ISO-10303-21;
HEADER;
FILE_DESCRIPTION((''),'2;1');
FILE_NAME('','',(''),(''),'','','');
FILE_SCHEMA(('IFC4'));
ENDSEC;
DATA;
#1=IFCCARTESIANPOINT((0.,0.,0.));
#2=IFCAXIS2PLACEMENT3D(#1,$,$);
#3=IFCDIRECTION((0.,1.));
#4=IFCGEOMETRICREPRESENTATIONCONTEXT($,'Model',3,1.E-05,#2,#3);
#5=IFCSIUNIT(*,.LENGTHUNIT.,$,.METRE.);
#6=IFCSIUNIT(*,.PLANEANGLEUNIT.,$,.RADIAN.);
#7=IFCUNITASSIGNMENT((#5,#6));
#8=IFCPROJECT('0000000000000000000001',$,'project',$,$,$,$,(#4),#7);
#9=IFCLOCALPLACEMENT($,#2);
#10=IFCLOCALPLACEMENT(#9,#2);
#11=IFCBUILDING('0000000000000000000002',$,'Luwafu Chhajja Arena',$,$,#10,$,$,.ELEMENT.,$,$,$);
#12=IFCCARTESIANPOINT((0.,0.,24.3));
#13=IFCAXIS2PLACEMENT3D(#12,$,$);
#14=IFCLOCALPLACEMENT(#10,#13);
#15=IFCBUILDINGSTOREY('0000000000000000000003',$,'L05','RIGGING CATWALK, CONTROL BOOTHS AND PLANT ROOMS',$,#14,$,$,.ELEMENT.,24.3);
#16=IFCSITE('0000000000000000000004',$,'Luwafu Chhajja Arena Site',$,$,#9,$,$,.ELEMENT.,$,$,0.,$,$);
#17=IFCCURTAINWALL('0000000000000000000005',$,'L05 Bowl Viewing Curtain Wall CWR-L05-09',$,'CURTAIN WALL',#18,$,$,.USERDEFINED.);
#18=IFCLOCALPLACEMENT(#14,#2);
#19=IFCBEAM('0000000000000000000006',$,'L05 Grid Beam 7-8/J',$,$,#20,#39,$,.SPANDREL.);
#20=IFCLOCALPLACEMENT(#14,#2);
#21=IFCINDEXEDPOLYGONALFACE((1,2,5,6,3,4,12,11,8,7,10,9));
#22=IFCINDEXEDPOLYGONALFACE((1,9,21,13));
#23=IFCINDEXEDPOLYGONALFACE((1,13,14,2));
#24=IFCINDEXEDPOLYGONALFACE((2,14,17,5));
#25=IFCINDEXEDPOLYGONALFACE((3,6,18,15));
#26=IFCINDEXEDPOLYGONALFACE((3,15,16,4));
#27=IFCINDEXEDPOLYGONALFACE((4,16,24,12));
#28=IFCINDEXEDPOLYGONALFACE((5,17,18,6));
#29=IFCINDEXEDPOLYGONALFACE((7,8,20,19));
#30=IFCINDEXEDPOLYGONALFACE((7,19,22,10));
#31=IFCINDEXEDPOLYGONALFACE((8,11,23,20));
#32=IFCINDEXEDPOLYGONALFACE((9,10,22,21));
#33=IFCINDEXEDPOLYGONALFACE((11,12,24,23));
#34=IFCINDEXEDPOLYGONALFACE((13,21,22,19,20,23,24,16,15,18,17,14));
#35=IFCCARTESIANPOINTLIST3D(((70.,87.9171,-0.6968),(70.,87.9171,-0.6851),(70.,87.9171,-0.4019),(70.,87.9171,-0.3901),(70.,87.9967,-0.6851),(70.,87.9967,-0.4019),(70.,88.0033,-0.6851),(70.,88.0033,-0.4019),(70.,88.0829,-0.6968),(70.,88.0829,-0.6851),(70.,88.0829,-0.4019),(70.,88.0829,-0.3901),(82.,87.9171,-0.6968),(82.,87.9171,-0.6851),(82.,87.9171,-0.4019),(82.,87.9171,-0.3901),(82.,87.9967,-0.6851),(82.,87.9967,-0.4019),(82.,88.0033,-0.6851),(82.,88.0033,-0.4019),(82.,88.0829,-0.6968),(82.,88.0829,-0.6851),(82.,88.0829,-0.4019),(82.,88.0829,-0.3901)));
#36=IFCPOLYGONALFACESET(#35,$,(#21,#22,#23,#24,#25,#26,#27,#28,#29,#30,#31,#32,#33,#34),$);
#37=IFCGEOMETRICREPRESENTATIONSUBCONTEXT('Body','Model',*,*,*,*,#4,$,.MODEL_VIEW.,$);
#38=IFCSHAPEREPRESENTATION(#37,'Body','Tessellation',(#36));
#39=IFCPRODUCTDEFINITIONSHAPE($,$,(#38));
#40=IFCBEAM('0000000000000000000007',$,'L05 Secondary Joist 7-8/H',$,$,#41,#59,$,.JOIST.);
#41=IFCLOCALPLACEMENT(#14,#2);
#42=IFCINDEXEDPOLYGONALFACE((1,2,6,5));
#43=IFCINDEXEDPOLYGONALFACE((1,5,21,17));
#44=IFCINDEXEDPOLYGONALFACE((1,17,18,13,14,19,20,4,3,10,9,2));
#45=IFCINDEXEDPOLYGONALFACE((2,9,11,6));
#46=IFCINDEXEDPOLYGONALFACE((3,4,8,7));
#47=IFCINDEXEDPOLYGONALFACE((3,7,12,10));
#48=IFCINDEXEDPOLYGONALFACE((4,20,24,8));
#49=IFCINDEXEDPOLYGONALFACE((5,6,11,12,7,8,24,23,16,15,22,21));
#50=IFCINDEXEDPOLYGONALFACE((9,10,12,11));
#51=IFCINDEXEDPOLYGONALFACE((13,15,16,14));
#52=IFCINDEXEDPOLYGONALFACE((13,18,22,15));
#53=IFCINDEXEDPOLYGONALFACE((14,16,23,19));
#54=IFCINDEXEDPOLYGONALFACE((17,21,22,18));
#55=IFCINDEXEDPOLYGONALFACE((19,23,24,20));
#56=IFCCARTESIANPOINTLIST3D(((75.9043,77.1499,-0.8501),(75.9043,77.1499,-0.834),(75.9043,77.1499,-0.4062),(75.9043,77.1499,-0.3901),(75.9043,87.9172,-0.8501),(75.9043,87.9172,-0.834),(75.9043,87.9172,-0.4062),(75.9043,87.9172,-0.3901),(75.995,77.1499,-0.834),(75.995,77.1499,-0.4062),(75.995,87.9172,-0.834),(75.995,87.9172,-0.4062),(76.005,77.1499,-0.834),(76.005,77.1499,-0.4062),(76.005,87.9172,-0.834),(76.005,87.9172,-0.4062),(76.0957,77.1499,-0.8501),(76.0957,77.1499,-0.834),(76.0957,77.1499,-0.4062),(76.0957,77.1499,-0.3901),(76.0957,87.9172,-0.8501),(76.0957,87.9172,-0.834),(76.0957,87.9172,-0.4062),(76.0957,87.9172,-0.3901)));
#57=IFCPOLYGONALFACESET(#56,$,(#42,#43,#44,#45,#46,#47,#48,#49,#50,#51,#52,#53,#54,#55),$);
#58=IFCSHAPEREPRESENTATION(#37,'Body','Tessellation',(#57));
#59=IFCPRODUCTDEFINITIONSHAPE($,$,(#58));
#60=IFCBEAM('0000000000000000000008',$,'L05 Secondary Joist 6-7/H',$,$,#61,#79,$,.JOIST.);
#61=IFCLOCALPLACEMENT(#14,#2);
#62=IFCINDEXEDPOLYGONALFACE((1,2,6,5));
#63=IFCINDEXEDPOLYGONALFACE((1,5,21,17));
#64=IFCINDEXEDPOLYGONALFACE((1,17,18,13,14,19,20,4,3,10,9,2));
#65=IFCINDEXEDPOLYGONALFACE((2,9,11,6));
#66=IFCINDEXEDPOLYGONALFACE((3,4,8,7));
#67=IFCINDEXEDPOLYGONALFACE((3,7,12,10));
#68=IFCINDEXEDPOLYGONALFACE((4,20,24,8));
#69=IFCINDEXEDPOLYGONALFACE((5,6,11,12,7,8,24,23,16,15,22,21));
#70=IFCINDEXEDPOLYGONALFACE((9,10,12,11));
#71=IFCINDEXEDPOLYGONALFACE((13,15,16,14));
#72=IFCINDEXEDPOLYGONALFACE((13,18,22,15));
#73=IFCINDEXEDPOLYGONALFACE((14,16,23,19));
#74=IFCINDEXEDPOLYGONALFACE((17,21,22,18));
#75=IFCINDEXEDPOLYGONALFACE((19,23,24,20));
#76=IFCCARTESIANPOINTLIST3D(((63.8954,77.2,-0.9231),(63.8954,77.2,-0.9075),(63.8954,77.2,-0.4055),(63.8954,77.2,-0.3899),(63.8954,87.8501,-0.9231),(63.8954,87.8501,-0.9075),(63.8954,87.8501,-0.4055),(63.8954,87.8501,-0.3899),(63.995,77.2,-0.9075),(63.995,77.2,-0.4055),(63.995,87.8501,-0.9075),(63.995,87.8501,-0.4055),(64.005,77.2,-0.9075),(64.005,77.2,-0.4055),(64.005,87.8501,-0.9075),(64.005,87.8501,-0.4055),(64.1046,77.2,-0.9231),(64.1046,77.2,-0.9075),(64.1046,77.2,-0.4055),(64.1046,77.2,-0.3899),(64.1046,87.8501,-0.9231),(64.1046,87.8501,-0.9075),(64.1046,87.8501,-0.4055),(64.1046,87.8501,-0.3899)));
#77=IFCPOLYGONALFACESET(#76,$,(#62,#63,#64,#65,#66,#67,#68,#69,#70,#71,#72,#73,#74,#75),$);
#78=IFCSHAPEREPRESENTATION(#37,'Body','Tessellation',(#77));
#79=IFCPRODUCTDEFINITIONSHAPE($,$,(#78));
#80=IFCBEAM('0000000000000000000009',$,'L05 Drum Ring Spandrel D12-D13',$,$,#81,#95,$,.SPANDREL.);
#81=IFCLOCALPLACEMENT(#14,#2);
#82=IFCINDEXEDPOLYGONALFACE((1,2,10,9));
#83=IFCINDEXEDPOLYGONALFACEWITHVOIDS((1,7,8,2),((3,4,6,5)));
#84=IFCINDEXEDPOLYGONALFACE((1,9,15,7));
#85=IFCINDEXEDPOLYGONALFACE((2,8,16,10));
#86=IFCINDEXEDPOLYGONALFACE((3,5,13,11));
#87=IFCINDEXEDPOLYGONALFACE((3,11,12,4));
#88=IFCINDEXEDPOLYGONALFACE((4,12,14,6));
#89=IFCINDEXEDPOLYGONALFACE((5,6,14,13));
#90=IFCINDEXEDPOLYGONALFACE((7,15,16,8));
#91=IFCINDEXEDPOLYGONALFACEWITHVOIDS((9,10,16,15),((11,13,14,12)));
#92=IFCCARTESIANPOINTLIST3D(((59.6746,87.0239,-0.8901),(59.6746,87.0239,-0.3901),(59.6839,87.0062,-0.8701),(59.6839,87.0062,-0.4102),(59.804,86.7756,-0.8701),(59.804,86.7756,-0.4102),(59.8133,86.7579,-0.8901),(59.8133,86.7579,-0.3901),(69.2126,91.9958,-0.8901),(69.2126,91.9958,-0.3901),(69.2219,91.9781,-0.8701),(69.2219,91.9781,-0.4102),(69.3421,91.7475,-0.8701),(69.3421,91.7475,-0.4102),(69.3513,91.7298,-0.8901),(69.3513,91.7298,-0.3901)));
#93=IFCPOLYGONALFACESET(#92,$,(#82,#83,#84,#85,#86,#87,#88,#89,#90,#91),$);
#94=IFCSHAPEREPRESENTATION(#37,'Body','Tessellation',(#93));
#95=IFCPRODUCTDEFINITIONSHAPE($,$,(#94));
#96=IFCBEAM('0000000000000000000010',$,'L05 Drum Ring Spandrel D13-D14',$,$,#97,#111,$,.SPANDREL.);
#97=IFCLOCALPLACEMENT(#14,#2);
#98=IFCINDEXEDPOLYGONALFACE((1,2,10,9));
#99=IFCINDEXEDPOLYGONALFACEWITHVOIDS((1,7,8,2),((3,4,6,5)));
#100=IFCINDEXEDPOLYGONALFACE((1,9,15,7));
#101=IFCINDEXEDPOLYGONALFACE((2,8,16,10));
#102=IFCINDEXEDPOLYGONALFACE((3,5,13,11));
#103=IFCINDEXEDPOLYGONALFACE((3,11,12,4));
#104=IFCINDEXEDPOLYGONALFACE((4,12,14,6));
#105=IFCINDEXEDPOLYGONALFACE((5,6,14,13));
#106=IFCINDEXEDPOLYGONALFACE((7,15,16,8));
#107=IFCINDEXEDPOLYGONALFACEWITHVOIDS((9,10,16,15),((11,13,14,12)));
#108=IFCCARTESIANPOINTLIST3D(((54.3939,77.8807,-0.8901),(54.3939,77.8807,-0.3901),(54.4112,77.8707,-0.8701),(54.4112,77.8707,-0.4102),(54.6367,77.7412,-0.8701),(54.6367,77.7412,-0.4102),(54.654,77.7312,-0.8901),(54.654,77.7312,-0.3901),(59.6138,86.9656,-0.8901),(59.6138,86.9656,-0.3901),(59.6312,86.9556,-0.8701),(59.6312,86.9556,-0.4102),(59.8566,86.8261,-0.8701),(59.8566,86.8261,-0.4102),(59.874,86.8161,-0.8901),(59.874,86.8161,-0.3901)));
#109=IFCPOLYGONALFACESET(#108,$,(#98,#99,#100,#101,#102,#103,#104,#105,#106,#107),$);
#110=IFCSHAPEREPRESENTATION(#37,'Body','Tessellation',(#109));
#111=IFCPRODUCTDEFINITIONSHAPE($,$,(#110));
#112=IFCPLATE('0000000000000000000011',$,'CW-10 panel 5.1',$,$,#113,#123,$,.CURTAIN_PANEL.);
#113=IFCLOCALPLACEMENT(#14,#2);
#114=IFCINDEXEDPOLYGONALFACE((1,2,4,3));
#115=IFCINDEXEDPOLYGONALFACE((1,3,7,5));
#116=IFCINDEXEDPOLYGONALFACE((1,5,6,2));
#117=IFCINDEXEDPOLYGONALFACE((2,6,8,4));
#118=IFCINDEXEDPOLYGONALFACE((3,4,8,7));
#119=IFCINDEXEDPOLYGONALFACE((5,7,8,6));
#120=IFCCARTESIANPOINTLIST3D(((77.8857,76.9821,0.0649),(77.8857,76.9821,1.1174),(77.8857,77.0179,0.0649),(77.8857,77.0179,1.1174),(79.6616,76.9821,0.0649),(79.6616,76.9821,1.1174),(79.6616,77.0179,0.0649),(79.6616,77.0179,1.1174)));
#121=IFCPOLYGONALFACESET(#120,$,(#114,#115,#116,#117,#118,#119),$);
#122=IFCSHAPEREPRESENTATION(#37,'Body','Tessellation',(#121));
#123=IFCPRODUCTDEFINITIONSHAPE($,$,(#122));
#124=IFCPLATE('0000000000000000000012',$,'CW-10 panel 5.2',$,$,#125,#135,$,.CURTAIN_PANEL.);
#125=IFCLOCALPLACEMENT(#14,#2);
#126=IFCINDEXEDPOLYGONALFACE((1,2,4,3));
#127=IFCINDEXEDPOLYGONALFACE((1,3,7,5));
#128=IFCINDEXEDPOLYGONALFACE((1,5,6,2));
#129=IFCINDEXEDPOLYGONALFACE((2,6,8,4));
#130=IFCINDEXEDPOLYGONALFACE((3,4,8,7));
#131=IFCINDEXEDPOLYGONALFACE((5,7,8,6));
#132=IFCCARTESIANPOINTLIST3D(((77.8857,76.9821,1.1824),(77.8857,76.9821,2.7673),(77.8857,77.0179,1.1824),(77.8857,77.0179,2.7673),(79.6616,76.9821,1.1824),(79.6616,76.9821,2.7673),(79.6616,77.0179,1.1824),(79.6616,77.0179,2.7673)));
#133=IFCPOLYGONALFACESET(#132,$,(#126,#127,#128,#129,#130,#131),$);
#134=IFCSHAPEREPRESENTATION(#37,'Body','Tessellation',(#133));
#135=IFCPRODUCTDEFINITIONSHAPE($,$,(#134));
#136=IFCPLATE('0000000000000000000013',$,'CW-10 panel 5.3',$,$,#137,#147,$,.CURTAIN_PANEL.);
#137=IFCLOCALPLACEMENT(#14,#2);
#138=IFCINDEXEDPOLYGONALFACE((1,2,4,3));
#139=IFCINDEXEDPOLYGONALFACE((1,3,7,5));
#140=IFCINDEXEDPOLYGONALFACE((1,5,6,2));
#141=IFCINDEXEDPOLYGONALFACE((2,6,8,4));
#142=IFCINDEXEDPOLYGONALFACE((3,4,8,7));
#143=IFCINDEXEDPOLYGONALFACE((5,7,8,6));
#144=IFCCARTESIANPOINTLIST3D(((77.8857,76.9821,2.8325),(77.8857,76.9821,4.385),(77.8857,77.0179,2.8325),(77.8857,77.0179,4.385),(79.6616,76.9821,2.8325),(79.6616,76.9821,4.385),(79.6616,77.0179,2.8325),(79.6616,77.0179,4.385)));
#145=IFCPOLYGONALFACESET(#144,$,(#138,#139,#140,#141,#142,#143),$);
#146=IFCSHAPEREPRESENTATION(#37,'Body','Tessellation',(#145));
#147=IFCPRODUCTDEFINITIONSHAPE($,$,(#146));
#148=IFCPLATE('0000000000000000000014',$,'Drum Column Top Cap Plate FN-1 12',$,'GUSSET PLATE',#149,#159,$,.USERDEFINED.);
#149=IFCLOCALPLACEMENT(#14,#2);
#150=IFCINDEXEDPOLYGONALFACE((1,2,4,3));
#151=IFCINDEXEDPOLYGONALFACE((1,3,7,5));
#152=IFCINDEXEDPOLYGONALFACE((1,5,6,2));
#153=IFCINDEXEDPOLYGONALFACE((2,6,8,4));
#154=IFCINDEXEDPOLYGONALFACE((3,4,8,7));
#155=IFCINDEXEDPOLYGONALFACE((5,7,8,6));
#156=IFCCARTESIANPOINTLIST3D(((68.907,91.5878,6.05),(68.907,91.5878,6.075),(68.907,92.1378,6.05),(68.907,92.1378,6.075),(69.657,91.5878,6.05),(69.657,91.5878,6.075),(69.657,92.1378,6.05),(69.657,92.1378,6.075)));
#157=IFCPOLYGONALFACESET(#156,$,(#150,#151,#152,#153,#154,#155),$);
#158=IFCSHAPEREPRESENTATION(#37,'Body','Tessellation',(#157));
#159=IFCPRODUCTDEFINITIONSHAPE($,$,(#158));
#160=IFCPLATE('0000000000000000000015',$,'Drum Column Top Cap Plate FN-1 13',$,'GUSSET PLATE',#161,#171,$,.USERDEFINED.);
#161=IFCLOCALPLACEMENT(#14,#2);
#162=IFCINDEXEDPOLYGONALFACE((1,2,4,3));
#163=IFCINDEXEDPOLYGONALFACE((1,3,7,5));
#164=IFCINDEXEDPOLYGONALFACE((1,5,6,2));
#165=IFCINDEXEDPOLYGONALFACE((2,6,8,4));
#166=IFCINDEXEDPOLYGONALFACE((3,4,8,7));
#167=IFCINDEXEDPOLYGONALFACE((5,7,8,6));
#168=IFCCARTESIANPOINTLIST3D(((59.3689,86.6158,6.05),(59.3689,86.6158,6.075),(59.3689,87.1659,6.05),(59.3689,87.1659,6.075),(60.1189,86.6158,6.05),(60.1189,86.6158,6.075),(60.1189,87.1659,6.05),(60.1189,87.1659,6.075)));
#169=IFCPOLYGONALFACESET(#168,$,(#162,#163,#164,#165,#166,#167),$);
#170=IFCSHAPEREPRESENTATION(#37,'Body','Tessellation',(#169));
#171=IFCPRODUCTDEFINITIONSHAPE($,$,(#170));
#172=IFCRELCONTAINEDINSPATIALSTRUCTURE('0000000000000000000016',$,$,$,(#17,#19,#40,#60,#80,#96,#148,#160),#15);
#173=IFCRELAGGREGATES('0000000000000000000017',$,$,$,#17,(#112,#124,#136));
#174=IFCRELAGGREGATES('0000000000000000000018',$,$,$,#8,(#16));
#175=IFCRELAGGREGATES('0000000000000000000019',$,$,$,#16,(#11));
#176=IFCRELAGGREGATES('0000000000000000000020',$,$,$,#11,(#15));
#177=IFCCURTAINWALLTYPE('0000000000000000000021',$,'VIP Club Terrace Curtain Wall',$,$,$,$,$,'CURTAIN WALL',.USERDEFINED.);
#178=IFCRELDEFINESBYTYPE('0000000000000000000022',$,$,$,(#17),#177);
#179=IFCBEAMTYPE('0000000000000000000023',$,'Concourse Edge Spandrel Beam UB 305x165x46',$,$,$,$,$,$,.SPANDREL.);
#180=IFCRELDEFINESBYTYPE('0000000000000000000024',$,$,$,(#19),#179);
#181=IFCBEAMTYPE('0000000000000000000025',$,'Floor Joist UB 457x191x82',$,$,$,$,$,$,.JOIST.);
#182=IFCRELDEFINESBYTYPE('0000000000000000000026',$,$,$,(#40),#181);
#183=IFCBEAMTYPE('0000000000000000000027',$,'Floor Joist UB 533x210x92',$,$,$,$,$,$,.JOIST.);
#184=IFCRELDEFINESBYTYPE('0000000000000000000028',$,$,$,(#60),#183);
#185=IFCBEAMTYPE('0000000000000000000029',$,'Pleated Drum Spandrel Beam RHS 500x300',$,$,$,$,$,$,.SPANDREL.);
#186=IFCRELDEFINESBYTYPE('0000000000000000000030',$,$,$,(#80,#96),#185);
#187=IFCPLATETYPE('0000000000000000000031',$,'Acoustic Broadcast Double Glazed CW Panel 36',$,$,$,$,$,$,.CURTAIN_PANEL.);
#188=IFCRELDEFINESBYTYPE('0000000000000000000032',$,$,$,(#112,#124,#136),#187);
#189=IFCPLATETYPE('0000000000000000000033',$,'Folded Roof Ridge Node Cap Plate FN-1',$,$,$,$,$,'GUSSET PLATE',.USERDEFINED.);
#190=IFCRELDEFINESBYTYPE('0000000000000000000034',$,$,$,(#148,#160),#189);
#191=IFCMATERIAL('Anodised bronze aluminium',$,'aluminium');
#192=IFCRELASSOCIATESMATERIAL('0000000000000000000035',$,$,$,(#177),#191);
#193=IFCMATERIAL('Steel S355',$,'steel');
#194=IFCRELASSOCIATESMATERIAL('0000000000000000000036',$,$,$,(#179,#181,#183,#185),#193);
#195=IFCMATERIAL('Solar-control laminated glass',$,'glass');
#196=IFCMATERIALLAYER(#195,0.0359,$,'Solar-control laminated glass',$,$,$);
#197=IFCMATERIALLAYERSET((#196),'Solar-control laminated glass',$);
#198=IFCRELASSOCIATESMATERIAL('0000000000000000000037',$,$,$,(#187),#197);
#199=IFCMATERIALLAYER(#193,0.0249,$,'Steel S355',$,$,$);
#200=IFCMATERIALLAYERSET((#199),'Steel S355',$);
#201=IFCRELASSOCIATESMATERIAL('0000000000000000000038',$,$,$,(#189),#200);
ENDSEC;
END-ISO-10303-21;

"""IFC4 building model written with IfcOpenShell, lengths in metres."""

from ifc_helpers import new_model, si_unit, direction, frame, origin, origin_2d, place, context, subcontext, project, spatial, rectangle, hollow_rectangle, i_section, extrude, material, layer, layer_set, material_profile, profile_set, type_object, element, aggregate, save


model = new_model("IFC4")

# Units and contexts
model_context = context("Model", 3, precision=1e-05, world=origin(), true_north=direction((0.0, 1.0)))
body_context = subcontext(model_context, "Body", "Model", "MODEL_VIEW")
ifc_project = project(units=[si_unit("LENGTHUNIT", "METRE"), si_unit("PLANEANGLEUNIT", "RADIAN")], contexts=[model_context])

# Site, building, storey
site_placement = place(None, origin())
site = spatial("IfcSite", under=ifc_project, at=site_placement, Name="Luwafu Chhajja Arena Site", CompositionType="ELEMENT", RefElevation=0.0)
building_placement = place(site_placement, origin())
building = spatial("IfcBuilding", under=site, at=building_placement, Name="Luwafu Chhajja Arena", CompositionType="ELEMENT")
storey_placement = place(building_placement, frame((0.0, 0.0, 24.3)))
storey = spatial("IfcBuildingStorey", under=building, at=storey_placement, Name="L05", Description="RIGGING CATWALK, CONTROL BOOTHS AND PLANT ROOMS", CompositionType="ELEMENT", Elevation=24.3)

# Shared definitions
ifc_material_1 = material(Name="Steel S355", Category="steel")

# Curtain wall
ifc_material_2 = material(Name="Anodised bronze aluminium", Category="aluminium")
curtain_wall_type = type_object("IfcCurtainWallType", Name="VIP Club Terrace Curtain Wall", ElementType="CURTAIN WALL", PredefinedType="USERDEFINED", material=ifc_material_2)
curtain_wall_placement = place(storey_placement, origin())
curtain_wall = element("IfcCurtainWall", 1, at=curtain_wall_placement, inside=storey, type_object=curtain_wall_type, Name="L05 Bowl Viewing Curtain Wall CWR-L05-09", ObjectType="CURTAIN WALL", PredefinedType="USERDEFINED")

# Beams
ifc_material_profile_1 = material_profile(ifc_material_1, i_section(OverallWidth=0.1658, OverallDepth=0.3066, WebThickness=0.0066, FlangeThickness=0.0117, at=origin_2d()), Name="UB 305x165x46")
ifc_profile_set_1 = profile_set([ifc_material_profile_1], Name="Steel S355")
beam_type_1 = type_object("IfcBeamType", Name="Concourse Edge Spandrel Beam UB 305x165x46", PredefinedType="SPANDREL", material=ifc_profile_set_1)
beam_1_placement = place(storey_placement, frame((70.0, 88.0, -0.5435), z_axis=(1.0, 0.0, 0.0), x_axis=(0.0, 1.0, 0.0)))
element("IfcBeam", 2, at=beam_1_placement, inside=storey, type_object=beam_type_1, Name="L05 Grid Beam 7-8/J", PredefinedType="SPANDREL", context=body_context, shape_type="SweptSolid", body=[
    extrude(i_section(OverallWidth=0.1658, OverallDepth=0.3066, WebThickness=0.0066, FlangeThickness=0.0117, at=origin_2d()), origin(), (0.0, 0.0, 1.0), 12.0),
])
ifc_material_profile_2 = material_profile(ifc_material_1, i_section(OverallWidth=0.1914, OverallDepth=0.46, WebThickness=0.01, FlangeThickness=0.0161, at=origin_2d()), Name="UB 457x191x82")
ifc_profile_set_2 = profile_set([ifc_material_profile_2], Name="Steel S355")
beam_type_2 = type_object("IfcBeamType", Name="Floor Joist UB 457x191x82", PredefinedType="JOIST", material=ifc_profile_set_2)
beam_2_placement = place(storey_placement, frame((76.0, 77.1499, -0.6201), z_axis=(0.0, 1.0, 0.0), x_axis=(-1.0, 0.0, 0.0)))
element("IfcBeam", 3, at=beam_2_placement, inside=storey, type_object=beam_type_2, Name="L05 Secondary Joist 7-8/H", PredefinedType="JOIST", context=body_context, shape_type="SweptSolid", body=[
    extrude(i_section(OverallWidth=0.1914, OverallDepth=0.46, WebThickness=0.01, FlangeThickness=0.0161, at=origin_2d()), origin(), (0.0, 0.0, 1.0), 10.7673),
])
ifc_material_profile_3 = material_profile(ifc_material_1, i_section(OverallWidth=0.2092, OverallDepth=0.5332, WebThickness=0.01, FlangeThickness=0.0156, at=origin_2d()), Name="UB 533x210x92")
ifc_profile_set_3 = profile_set([ifc_material_profile_3], Name="Steel S355")
beam_type_3 = type_object("IfcBeamType", Name="Floor Joist UB 533x210x92", PredefinedType="JOIST", material=ifc_profile_set_3)
beam_3_placement = place(storey_placement, frame((64.0, 77.2, -0.6565), z_axis=(0.0, 1.0, 0.0), x_axis=(-1.0, 0.0, 0.0)))
element("IfcBeam", 4, at=beam_3_placement, inside=storey, type_object=beam_type_3, Name="L05 Secondary Joist 6-7/H", PredefinedType="JOIST", context=body_context, shape_type="SweptSolid", body=[
    extrude(i_section(OverallWidth=0.2092, OverallDepth=0.5332, WebThickness=0.01, FlangeThickness=0.0156, at=origin_2d()), origin(), (0.0, 0.0, 1.0), 10.6501),
])
ifc_material_profile_4 = material_profile(ifc_material_1, hollow_rectangle(XDim=0.3, YDim=0.5, WallThickness=0.02, at=origin_2d()), Name="RHS 500x300x20")
ifc_profile_set_4 = profile_set([ifc_material_profile_4], Name="Steel S355")
beam_type_4 = type_object("IfcBeamType", Name="Pleated Drum Spandrel Beam RHS 500x300", PredefinedType="SPANDREL", material=ifc_profile_set_4)
beam_4_placement = place(storey_placement, frame((69.282, 91.8628, -0.6401), z_axis=(-0.886755, -0.462239, 0.0), x_axis=(0.462239, -0.886755, 0.0)))
element("IfcBeam", 5, at=beam_4_placement, inside=storey, type_object=beam_type_4, Name="L05 Drum Ring Spandrel D12-D13", PredefinedType="SPANDREL", context=body_context, shape_type="SweptSolid", body=[
    extrude(hollow_rectangle(XDim=0.3, YDim=0.5, WallThickness=0.02, at=origin_2d()), origin(), (0.0, 0.0, 1.0), 10.7561),
])
beam_5_placement = place(storey_placement, frame((59.7439, 86.8909, -0.6401), z_axis=(-0.498193, -0.867066, 0.0), x_axis=(0.867066, -0.498193, 0.0)))
element("IfcBeam", 6, at=beam_5_placement, inside=storey, type_object=beam_type_4, Name="L05 Drum Ring Spandrel D13-D14", PredefinedType="SPANDREL", context=body_context, shape_type="SweptSolid", body=[
    extrude(hollow_rectangle(XDim=0.3, YDim=0.5, WallThickness=0.02, at=origin_2d()), origin(), (0.0, 0.0, 1.0), 10.4778),
])

# Plates
ifc_material_3 = material(Name="Solar-control laminated glass", Category="glass")
ifc_layer_1 = layer(ifc_material_3, 0.0359, Name="Solar-control laminated glass")
ifc_layer_set_1 = layer_set([ifc_layer_1], Name="Solar-control laminated glass")
plate_type_1 = type_object("IfcPlateType", Name="Acoustic Broadcast Double Glazed CW Panel 36", PredefinedType="CURTAIN_PANEL", material=ifc_layer_set_1)
plate_1_placement = place(storey_placement, frame((78.7737, 77.0, 0.0649), z_axis=(0.0, 0.0, 1.0), x_axis=(1.0, 0.0, 0.0)))
plate_1 = element("IfcPlate", 7, at=plate_1_placement, type_object=plate_type_1, Name="CW-10 panel 5.1", PredefinedType="CURTAIN_PANEL", context=body_context, shape_type="SweptSolid", body=[
    extrude(rectangle(XDim=1.7759, YDim=0.0359, at=origin_2d()), origin(), (0.0, 0.0, 1.0), 1.0525),
])
plate_2_placement = place(storey_placement, frame((78.7737, 77.0, 1.1824), z_axis=(0.0, 0.0, 1.0), x_axis=(1.0, 0.0, 0.0)))
plate_2 = element("IfcPlate", 8, at=plate_2_placement, type_object=plate_type_1, Name="CW-10 panel 5.2", PredefinedType="CURTAIN_PANEL", context=body_context, shape_type="SweptSolid", body=[
    extrude(rectangle(XDim=1.7759, YDim=0.0359, at=origin_2d()), origin(), (0.0, 0.0, 1.0), 1.585),
])
plate_3_placement = place(storey_placement, frame((78.7737, 77.0, 2.8325), z_axis=(0.0, 0.0, 1.0), x_axis=(1.0, 0.0, 0.0)))
plate_3 = element("IfcPlate", 9, at=plate_3_placement, type_object=plate_type_1, Name="CW-10 panel 5.3", PredefinedType="CURTAIN_PANEL", context=body_context, shape_type="SweptSolid", body=[
    extrude(rectangle(XDim=1.7759, YDim=0.0359, at=origin_2d()), origin(), (0.0, 0.0, 1.0), 1.5525),
])
aggregate(curtain_wall, [plate_1, plate_2, plate_3])

# Plates
ifc_layer_2 = layer(ifc_material_1, 0.0249, Name="Steel S355")
ifc_layer_set_2 = layer_set([ifc_layer_2], Name="Steel S355")
plate_type_2 = type_object("IfcPlateType", Name="Folded Roof Ridge Node Cap Plate FN-1", ElementType="GUSSET PLATE", PredefinedType="USERDEFINED", material=ifc_layer_set_2)
for number, where, z_axis, x_axis, name in (
    (10, (69.282, 91.8628, 6.05), (0.0, 0.0, 1.0), (1.0, 0.0, 0.0), "Drum Column Top Cap Plate FN-1 12"),
    (11, (59.7439, 86.8909, 6.05), (0.0, 0.0, 1.0), (1.0, 0.0, 0.0), "Drum Column Top Cap Plate FN-1 13"),
):
    element("IfcPlate", number, at=place(storey_placement, frame(where, z_axis=z_axis, x_axis=x_axis)), inside=storey, type_object=plate_type_2, Name=name, ObjectType="GUSSET PLATE", PredefinedType="USERDEFINED", context=body_context, shape_type="SweptSolid", body=[
        extrude(rectangle(XDim=0.75, YDim=0.55, at=origin_2d()), origin(), (0.0, 0.0, 1.0), 0.0249),
    ])

save(model, "model.ifc")
